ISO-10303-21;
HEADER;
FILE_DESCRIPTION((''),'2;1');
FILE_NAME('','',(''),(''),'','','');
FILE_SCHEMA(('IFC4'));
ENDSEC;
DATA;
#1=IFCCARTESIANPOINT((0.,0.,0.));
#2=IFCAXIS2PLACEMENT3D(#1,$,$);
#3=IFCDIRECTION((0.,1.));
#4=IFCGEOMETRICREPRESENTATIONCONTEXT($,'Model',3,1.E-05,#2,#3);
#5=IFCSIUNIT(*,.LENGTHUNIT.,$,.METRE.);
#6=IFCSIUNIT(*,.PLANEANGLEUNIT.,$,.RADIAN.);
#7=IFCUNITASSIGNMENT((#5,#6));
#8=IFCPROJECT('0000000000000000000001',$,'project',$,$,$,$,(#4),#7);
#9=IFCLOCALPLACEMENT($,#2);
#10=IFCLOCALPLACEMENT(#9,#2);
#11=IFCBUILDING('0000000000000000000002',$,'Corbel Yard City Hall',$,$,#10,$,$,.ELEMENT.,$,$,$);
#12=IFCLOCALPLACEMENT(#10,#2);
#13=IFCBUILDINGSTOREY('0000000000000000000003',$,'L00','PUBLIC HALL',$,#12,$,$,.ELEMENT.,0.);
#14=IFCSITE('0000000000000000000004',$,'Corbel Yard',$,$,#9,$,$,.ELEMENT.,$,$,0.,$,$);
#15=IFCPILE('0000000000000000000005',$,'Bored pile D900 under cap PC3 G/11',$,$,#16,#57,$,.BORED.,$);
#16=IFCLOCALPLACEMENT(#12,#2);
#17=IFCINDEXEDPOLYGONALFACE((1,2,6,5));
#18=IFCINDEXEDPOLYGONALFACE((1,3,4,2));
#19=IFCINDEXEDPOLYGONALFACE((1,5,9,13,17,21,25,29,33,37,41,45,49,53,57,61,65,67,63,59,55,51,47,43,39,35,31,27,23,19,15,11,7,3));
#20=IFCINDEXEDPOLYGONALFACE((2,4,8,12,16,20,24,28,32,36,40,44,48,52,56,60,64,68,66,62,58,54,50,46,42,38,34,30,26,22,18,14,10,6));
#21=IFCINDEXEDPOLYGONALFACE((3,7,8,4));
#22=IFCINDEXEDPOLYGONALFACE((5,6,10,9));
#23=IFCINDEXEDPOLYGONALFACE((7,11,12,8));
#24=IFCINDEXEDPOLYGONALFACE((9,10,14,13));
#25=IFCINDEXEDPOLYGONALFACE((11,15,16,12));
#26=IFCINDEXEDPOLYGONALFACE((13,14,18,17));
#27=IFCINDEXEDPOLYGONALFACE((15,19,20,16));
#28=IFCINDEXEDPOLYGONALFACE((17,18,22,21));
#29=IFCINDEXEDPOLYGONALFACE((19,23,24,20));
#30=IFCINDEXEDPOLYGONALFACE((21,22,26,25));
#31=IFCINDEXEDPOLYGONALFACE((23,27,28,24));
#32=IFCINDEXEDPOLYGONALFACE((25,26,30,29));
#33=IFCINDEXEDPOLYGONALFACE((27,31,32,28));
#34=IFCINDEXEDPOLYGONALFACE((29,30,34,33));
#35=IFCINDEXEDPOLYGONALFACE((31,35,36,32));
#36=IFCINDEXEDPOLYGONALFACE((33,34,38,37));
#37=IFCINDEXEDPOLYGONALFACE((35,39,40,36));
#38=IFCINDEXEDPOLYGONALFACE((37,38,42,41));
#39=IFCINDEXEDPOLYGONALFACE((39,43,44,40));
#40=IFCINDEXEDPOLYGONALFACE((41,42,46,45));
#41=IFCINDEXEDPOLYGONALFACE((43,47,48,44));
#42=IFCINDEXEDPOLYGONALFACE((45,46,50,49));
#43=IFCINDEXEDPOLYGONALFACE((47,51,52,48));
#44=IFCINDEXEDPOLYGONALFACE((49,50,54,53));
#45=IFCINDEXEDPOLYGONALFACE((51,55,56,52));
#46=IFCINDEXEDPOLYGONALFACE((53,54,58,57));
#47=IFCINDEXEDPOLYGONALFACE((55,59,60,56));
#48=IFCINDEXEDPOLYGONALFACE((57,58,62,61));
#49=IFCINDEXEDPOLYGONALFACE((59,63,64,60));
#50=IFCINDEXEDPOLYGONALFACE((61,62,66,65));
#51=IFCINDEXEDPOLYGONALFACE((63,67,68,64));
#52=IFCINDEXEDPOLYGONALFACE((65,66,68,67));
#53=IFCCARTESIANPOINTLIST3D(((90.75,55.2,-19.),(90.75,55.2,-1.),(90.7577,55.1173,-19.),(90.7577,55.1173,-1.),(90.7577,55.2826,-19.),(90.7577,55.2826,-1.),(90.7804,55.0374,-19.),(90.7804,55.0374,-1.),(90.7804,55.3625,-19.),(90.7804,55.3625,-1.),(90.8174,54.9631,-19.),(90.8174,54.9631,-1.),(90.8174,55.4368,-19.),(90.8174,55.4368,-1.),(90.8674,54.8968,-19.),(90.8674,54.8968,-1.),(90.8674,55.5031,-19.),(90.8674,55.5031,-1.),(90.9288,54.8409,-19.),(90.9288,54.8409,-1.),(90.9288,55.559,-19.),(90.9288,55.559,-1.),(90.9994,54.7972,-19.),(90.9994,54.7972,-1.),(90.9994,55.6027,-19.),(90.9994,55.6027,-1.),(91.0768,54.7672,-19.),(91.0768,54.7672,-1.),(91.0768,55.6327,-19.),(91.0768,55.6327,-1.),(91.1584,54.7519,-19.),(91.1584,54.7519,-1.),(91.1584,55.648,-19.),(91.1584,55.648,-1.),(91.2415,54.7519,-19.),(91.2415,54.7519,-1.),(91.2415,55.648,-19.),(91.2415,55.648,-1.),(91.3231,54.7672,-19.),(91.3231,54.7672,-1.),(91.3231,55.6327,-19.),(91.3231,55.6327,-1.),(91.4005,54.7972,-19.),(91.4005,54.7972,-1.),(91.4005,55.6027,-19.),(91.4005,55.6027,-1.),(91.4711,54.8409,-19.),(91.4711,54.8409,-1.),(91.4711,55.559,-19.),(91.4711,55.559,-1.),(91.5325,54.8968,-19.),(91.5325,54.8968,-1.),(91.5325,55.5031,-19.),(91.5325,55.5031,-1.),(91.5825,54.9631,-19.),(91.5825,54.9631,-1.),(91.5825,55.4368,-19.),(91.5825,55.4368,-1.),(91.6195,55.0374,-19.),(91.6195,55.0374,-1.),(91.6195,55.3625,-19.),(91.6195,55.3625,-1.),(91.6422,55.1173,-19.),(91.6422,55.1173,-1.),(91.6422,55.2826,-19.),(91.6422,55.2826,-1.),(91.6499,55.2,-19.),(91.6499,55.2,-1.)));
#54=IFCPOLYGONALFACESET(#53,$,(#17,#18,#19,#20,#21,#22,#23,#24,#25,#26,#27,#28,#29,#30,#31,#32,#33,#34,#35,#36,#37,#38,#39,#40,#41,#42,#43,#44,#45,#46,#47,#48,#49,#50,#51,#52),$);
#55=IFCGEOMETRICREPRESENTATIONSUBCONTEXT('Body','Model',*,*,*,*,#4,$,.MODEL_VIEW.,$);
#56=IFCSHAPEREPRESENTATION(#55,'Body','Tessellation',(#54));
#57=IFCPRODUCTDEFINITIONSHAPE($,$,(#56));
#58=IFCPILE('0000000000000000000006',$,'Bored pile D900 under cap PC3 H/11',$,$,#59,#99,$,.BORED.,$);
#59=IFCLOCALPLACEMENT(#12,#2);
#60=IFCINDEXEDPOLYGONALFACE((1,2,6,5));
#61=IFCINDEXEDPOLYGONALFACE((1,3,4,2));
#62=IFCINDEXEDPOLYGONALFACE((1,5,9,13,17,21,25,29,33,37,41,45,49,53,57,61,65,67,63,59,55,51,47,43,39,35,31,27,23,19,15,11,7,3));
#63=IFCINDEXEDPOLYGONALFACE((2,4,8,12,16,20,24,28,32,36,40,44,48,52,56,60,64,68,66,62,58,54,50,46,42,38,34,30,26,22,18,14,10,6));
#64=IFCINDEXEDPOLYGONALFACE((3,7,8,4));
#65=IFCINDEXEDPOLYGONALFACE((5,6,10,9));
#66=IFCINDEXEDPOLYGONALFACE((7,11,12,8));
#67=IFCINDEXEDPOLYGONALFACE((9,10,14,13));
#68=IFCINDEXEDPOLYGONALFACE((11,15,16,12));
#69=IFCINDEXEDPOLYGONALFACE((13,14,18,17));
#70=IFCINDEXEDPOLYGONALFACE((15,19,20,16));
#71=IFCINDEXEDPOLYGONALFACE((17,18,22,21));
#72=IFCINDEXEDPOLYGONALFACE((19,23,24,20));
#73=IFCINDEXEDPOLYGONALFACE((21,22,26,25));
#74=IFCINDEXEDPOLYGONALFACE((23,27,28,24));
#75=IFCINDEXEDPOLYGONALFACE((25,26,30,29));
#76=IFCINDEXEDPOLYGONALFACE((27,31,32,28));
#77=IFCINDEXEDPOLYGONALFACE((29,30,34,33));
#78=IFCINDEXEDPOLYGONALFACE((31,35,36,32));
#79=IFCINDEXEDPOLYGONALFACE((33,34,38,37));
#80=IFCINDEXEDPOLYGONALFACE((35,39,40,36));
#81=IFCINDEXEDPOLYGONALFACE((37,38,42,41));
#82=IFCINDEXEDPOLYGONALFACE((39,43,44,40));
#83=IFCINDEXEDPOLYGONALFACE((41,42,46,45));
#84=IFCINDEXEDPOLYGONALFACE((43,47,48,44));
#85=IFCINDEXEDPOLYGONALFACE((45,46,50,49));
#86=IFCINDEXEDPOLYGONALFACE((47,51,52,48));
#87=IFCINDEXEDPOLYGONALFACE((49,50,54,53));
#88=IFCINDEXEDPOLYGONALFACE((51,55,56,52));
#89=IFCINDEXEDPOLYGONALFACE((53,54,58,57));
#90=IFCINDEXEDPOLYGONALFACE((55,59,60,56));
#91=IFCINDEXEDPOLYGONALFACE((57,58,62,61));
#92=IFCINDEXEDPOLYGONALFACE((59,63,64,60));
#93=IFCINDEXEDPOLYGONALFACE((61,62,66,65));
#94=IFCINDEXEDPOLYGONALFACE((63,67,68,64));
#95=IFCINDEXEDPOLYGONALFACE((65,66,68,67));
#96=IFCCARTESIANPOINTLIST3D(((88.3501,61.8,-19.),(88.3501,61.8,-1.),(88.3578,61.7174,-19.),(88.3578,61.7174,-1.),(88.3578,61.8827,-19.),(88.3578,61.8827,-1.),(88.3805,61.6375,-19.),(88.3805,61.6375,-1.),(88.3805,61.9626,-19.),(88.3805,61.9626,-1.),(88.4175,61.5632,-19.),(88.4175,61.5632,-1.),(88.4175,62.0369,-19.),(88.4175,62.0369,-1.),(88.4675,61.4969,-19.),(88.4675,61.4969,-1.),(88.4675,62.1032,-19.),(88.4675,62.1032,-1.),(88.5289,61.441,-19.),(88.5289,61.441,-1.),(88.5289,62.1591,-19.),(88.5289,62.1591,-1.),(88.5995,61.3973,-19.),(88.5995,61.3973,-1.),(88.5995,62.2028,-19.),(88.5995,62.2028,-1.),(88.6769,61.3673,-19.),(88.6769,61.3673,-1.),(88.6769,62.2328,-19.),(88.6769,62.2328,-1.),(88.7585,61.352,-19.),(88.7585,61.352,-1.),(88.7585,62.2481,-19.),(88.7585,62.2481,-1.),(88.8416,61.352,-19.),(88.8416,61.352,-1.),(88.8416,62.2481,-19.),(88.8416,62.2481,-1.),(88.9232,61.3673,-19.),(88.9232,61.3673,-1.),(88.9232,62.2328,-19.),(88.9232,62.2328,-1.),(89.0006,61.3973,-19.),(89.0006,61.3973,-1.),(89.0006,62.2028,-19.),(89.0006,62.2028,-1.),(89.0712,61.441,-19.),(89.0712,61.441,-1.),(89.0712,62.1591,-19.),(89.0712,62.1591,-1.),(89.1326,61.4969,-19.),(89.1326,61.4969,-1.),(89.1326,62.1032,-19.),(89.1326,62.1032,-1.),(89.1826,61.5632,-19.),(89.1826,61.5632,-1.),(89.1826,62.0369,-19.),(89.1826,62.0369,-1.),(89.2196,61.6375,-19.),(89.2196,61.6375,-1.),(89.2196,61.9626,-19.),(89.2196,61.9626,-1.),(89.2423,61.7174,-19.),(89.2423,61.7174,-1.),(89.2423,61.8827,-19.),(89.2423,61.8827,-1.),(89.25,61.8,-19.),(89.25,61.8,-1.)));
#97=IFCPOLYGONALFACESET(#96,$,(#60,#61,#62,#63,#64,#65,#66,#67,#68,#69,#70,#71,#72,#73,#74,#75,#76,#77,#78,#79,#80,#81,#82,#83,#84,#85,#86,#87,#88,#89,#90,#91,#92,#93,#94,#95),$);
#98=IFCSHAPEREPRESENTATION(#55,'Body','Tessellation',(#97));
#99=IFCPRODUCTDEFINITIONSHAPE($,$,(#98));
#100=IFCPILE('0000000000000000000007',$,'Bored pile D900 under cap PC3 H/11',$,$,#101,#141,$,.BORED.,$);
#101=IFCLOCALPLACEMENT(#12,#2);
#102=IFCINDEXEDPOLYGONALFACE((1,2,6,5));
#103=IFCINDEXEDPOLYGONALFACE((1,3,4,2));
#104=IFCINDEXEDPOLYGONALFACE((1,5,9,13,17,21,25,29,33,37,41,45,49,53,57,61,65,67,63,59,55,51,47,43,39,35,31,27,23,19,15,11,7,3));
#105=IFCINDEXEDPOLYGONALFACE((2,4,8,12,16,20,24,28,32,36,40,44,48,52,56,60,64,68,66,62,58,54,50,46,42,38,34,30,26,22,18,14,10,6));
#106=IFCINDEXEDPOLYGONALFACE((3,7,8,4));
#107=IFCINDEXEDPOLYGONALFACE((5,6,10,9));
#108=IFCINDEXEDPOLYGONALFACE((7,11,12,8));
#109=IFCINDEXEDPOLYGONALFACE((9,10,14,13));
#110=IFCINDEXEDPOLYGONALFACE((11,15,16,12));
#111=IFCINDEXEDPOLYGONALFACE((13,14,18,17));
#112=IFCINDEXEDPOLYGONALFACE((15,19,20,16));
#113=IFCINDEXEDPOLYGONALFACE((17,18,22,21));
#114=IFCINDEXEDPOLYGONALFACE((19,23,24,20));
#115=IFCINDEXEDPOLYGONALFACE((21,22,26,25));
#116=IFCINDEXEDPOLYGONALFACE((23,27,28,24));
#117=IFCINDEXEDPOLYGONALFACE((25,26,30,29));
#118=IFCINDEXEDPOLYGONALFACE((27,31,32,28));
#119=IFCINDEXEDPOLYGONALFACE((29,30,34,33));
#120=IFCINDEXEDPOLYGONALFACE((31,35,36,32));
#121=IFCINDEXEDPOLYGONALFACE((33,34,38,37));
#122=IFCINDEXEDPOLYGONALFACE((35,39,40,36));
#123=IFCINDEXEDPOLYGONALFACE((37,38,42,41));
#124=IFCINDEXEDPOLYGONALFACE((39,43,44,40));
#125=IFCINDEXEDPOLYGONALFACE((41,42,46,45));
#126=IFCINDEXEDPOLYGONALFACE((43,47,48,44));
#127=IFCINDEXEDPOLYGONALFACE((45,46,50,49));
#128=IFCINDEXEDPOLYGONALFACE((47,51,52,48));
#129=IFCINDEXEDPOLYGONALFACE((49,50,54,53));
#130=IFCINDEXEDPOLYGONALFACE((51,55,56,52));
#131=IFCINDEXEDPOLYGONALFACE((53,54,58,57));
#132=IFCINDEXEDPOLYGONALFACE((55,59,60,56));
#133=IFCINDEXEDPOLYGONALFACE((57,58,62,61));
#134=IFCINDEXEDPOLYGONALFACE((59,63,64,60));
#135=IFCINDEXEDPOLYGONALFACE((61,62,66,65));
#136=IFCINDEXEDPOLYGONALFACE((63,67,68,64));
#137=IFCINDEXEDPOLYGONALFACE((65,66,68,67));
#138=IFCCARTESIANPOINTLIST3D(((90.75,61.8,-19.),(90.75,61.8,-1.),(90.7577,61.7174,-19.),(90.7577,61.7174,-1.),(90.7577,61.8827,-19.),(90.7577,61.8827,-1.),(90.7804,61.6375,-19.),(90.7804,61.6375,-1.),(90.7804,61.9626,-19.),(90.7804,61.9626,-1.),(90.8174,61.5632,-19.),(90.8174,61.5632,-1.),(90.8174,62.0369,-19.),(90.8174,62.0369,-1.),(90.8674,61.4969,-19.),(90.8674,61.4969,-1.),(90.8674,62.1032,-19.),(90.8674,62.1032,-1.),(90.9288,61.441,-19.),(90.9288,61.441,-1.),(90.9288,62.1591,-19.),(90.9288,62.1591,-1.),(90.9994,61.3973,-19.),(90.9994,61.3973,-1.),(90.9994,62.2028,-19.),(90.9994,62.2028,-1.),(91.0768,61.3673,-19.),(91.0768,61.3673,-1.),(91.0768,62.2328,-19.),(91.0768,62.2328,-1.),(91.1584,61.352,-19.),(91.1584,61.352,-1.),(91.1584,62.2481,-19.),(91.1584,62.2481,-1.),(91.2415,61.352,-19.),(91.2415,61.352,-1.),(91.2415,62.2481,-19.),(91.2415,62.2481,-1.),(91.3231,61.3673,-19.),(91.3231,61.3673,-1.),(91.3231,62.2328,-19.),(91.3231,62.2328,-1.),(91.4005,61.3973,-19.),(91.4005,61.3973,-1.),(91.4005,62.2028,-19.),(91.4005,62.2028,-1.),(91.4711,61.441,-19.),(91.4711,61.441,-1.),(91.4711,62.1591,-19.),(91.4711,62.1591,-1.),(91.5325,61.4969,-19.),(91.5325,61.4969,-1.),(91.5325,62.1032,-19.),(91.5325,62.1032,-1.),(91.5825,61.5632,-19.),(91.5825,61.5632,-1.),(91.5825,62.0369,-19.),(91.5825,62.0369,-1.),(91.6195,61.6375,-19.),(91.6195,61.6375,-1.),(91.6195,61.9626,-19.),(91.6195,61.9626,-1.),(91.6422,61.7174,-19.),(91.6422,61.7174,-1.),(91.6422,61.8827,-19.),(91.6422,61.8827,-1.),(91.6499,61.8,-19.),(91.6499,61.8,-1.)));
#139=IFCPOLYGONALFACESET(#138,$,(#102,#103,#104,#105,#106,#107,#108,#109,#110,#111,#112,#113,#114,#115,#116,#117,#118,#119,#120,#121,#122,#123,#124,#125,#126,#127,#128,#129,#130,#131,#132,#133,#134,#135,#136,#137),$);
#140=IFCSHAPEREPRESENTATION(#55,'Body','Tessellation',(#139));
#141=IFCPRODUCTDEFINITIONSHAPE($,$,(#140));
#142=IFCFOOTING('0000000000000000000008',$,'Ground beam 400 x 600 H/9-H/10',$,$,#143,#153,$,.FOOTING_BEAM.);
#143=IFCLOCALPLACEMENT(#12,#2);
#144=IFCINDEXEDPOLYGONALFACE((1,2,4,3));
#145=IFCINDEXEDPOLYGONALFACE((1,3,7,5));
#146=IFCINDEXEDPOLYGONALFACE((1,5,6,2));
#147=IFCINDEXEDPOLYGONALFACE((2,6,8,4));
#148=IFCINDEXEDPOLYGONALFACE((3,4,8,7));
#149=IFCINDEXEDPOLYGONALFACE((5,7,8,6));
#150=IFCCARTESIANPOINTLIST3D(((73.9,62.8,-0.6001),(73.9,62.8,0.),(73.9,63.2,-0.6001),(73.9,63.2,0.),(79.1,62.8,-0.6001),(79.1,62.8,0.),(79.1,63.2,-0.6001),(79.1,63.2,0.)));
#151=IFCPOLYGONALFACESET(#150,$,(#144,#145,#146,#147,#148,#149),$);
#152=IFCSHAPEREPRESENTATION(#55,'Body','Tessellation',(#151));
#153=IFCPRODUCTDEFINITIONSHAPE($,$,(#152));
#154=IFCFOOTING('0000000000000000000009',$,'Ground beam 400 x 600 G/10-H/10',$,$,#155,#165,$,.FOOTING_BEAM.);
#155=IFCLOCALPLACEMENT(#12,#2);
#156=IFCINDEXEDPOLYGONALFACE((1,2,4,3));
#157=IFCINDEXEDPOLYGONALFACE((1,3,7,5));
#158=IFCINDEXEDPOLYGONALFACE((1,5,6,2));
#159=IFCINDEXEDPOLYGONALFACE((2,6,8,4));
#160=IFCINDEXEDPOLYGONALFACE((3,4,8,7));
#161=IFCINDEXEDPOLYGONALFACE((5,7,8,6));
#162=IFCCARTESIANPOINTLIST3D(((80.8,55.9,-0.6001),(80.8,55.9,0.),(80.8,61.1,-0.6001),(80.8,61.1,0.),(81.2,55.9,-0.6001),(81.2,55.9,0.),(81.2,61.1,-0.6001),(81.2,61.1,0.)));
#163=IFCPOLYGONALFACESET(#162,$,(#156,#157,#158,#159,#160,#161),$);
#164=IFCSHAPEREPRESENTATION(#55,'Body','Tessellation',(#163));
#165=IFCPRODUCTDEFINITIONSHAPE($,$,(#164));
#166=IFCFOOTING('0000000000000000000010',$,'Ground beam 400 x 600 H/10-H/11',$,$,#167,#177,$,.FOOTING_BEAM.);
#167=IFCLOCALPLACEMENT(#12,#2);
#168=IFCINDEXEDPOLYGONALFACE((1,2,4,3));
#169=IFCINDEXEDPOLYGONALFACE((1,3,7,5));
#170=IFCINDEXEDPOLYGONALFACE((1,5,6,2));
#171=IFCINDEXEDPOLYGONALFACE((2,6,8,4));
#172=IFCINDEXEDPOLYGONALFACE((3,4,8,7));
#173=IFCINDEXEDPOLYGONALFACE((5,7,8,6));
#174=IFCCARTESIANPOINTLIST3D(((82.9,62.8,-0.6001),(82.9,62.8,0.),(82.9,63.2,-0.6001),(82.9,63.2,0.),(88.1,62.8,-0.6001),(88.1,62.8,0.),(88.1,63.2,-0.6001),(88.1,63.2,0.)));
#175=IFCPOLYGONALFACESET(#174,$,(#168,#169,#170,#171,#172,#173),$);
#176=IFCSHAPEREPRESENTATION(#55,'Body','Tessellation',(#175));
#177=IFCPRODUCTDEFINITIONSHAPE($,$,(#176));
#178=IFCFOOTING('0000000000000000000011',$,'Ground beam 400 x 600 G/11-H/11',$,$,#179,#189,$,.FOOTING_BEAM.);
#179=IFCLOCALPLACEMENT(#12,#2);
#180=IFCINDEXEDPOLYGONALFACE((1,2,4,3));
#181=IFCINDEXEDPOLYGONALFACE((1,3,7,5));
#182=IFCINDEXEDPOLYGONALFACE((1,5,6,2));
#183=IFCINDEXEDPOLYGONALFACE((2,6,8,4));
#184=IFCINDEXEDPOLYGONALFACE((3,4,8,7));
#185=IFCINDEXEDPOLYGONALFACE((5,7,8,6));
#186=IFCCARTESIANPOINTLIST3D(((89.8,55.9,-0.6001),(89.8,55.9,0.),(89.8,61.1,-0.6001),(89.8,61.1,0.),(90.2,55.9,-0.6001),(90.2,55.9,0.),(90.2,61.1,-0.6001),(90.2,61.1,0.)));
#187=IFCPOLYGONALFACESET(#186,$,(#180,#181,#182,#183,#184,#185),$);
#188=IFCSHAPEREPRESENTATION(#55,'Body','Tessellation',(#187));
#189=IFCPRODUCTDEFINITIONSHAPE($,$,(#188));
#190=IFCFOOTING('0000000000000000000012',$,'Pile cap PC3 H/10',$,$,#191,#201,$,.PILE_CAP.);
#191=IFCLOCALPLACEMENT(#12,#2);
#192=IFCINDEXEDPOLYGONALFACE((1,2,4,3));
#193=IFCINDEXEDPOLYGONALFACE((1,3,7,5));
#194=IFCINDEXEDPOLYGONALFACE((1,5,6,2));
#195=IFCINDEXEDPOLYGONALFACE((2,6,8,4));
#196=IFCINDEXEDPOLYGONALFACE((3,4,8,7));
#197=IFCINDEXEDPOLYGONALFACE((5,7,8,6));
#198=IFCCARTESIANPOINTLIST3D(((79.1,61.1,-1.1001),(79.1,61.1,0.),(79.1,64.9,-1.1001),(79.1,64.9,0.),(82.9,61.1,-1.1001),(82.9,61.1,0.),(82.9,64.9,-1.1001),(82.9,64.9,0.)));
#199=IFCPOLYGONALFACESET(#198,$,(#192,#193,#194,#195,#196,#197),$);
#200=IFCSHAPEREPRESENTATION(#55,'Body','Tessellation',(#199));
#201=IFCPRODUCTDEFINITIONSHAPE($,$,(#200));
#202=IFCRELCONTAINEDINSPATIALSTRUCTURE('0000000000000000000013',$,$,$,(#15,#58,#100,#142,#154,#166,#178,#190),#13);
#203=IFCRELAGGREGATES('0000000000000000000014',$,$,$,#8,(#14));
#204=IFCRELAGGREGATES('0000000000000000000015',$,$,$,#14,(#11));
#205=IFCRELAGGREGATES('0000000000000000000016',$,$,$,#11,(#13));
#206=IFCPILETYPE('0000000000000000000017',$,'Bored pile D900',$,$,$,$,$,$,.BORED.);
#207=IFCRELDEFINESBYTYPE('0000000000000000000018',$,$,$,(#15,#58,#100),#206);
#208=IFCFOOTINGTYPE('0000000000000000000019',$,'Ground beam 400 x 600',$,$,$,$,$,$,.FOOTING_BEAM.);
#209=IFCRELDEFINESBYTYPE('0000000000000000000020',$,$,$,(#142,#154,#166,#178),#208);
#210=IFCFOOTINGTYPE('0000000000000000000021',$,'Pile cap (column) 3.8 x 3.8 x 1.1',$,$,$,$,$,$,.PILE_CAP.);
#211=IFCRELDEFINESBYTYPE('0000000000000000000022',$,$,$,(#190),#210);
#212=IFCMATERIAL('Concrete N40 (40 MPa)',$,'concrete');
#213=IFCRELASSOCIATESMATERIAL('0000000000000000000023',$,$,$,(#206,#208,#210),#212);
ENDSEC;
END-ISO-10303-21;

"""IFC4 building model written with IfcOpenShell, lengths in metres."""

from ifc_helpers import new_model, si_unit, direction, frame, origin, origin_2d, place, context, subcontext, project, spatial, rectangle, circle, extrude, material, material_profile, profile_set, type_object, element, save


model = new_model("IFC4")

# Units and contexts
model_context = context("Model", 3, precision=1e-05, world=origin(), true_north=direction((0.0, 1.0)))
body_context = subcontext(model_context, "Body", "Model", "MODEL_VIEW")
ifc_project = project(units=[si_unit("LENGTHUNIT", "METRE"), si_unit("PLANEANGLEUNIT", "RADIAN")], contexts=[model_context])

# Site, building, storey
site_placement = place(None, origin())
site = spatial("IfcSite", under=ifc_project, at=site_placement, Name="Corbel Yard", CompositionType="ELEMENT", RefElevation=0.0)
building_placement = place(site_placement, origin())
building = spatial("IfcBuilding", under=site, at=building_placement, Name="Corbel Yard City Hall", CompositionType="ELEMENT")
storey_placement = place(building_placement, origin())
storey = spatial("IfcBuildingStorey", under=building, at=storey_placement, Name="L00", Description="PUBLIC HALL", CompositionType="ELEMENT", Elevation=0.0)

# Piles
ifc_material_1 = material(Name="Concrete N40 (40 MPa)", Category="concrete")
ifc_material_profile_1 = material_profile(ifc_material_1, circle(Radius=0.45, at=origin_2d()), Name="D900")
ifc_profile_set_1 = profile_set([ifc_material_profile_1], Name="Concrete N40 (40 MPa)")
pile_type = type_object("IfcPileType", Name="Bored pile D900", PredefinedType="BORED", material=ifc_profile_set_1)
for number, where, z_axis, x_axis, name in (
    (1, (91.2, 55.2, -1.0), (0.0, 0.0, -1.0), (1.0, 0.0, 0.0), "Bored pile D900 under cap PC3 G/11"),
    (2, (88.8, 61.8, -1.0), (0.0, 0.0, -1.0), (1.0, 0.0, 0.0), "Bored pile D900 under cap PC3 H/11"),
    (3, (91.2, 61.8, -1.0), (0.0, 0.0, -1.0), (1.0, 0.0, 0.0), "Bored pile D900 under cap PC3 H/11"),
):
    element("IfcPile", number, at=place(storey_placement, frame(where, z_axis=z_axis, x_axis=x_axis)), inside=storey, type_object=pile_type, Name=name, PredefinedType="BORED", context=body_context, shape_type="SweptSolid", body=[
        extrude(circle(Radius=0.45, at=origin_2d()), origin(), (0.0, 0.0, 1.0), 18.0),
    ])

# Footings
footing_type_1 = type_object("IfcFootingType", Name="Ground beam 400 x 600", PredefinedType="FOOTING_BEAM", material=ifc_material_1)
footing_1_placement = place(storey_placement, frame((76.5, 63.0, -0.6001), z_axis=(0.0, 0.0, 1.0), x_axis=(1.0, 0.0, 0.0)))
element("IfcFooting", 4, at=footing_1_placement, inside=storey, type_object=footing_type_1, Name="Ground beam 400 x 600 H/9-H/10", PredefinedType="FOOTING_BEAM", context=body_context, shape_type="SweptSolid", body=[
    extrude(rectangle(XDim=5.2, YDim=0.3999, at=origin_2d()), origin(), (0.0, 0.0, 1.0), 0.6001),
])
footing_2_placement = place(storey_placement, frame((81.0, 58.5, -0.6001), z_axis=(0.0, 0.0, 1.0), x_axis=(1.0, 0.0, 0.0)))
element("IfcFooting", 5, at=footing_2_placement, inside=storey, type_object=footing_type_1, Name="Ground beam 400 x 600 G/10-H/10", PredefinedType="FOOTING_BEAM", context=body_context, shape_type="SweptSolid", body=[
    extrude(rectangle(XDim=0.3999, YDim=5.2, at=origin_2d()), origin(), (0.0, 0.0, 1.0), 0.6001),
])
footing_3_placement = place(storey_placement, frame((85.5, 63.0, -0.6001), z_axis=(0.0, 0.0, 1.0), x_axis=(1.0, 0.0, 0.0)))
element("IfcFooting", 6, at=footing_3_placement, inside=storey, type_object=footing_type_1, Name="Ground beam 400 x 600 H/10-H/11", PredefinedType="FOOTING_BEAM", context=body_context, shape_type="SweptSolid", body=[
    extrude(rectangle(XDim=5.2, YDim=0.3999, at=origin_2d()), origin(), (0.0, 0.0, 1.0), 0.6001),
])
footing_4_placement = place(storey_placement, frame((90.0, 58.5, -0.6001), z_axis=(0.0, 0.0, 1.0), x_axis=(1.0, 0.0, 0.0)))
element("IfcFooting", 7, at=footing_4_placement, inside=storey, type_object=footing_type_1, Name="Ground beam 400 x 600 G/11-H/11", PredefinedType="FOOTING_BEAM", context=body_context, shape_type="SweptSolid", body=[
    extrude(rectangle(XDim=0.3999, YDim=5.2, at=origin_2d()), origin(), (0.0, 0.0, 1.0), 0.6001),
])
footing_type_2 = type_object("IfcFootingType", Name="Pile cap (column) 3.8 x 3.8 x 1.1", PredefinedType="PILE_CAP", material=ifc_material_1)
for number, where, z_axis, x_axis, name in (
    (8, (81.0, 63.0, -1.1001), (0.0, 0.0, 1.0), (1.0, 0.0, 0.0), "Pile cap PC3 H/10"),
):
    element("IfcFooting", number, at=place(storey_placement, frame(where, z_axis=z_axis, x_axis=x_axis)), inside=storey, type_object=footing_type_2, Name=name, PredefinedType="PILE_CAP", context=body_context, shape_type="SweptSolid", body=[
        extrude(rectangle(XDim=3.8, YDim=3.8, at=origin_2d()), origin(), (0.0, 0.0, 1.0), 1.1001),
    ])

save(model, "model.ifc")
